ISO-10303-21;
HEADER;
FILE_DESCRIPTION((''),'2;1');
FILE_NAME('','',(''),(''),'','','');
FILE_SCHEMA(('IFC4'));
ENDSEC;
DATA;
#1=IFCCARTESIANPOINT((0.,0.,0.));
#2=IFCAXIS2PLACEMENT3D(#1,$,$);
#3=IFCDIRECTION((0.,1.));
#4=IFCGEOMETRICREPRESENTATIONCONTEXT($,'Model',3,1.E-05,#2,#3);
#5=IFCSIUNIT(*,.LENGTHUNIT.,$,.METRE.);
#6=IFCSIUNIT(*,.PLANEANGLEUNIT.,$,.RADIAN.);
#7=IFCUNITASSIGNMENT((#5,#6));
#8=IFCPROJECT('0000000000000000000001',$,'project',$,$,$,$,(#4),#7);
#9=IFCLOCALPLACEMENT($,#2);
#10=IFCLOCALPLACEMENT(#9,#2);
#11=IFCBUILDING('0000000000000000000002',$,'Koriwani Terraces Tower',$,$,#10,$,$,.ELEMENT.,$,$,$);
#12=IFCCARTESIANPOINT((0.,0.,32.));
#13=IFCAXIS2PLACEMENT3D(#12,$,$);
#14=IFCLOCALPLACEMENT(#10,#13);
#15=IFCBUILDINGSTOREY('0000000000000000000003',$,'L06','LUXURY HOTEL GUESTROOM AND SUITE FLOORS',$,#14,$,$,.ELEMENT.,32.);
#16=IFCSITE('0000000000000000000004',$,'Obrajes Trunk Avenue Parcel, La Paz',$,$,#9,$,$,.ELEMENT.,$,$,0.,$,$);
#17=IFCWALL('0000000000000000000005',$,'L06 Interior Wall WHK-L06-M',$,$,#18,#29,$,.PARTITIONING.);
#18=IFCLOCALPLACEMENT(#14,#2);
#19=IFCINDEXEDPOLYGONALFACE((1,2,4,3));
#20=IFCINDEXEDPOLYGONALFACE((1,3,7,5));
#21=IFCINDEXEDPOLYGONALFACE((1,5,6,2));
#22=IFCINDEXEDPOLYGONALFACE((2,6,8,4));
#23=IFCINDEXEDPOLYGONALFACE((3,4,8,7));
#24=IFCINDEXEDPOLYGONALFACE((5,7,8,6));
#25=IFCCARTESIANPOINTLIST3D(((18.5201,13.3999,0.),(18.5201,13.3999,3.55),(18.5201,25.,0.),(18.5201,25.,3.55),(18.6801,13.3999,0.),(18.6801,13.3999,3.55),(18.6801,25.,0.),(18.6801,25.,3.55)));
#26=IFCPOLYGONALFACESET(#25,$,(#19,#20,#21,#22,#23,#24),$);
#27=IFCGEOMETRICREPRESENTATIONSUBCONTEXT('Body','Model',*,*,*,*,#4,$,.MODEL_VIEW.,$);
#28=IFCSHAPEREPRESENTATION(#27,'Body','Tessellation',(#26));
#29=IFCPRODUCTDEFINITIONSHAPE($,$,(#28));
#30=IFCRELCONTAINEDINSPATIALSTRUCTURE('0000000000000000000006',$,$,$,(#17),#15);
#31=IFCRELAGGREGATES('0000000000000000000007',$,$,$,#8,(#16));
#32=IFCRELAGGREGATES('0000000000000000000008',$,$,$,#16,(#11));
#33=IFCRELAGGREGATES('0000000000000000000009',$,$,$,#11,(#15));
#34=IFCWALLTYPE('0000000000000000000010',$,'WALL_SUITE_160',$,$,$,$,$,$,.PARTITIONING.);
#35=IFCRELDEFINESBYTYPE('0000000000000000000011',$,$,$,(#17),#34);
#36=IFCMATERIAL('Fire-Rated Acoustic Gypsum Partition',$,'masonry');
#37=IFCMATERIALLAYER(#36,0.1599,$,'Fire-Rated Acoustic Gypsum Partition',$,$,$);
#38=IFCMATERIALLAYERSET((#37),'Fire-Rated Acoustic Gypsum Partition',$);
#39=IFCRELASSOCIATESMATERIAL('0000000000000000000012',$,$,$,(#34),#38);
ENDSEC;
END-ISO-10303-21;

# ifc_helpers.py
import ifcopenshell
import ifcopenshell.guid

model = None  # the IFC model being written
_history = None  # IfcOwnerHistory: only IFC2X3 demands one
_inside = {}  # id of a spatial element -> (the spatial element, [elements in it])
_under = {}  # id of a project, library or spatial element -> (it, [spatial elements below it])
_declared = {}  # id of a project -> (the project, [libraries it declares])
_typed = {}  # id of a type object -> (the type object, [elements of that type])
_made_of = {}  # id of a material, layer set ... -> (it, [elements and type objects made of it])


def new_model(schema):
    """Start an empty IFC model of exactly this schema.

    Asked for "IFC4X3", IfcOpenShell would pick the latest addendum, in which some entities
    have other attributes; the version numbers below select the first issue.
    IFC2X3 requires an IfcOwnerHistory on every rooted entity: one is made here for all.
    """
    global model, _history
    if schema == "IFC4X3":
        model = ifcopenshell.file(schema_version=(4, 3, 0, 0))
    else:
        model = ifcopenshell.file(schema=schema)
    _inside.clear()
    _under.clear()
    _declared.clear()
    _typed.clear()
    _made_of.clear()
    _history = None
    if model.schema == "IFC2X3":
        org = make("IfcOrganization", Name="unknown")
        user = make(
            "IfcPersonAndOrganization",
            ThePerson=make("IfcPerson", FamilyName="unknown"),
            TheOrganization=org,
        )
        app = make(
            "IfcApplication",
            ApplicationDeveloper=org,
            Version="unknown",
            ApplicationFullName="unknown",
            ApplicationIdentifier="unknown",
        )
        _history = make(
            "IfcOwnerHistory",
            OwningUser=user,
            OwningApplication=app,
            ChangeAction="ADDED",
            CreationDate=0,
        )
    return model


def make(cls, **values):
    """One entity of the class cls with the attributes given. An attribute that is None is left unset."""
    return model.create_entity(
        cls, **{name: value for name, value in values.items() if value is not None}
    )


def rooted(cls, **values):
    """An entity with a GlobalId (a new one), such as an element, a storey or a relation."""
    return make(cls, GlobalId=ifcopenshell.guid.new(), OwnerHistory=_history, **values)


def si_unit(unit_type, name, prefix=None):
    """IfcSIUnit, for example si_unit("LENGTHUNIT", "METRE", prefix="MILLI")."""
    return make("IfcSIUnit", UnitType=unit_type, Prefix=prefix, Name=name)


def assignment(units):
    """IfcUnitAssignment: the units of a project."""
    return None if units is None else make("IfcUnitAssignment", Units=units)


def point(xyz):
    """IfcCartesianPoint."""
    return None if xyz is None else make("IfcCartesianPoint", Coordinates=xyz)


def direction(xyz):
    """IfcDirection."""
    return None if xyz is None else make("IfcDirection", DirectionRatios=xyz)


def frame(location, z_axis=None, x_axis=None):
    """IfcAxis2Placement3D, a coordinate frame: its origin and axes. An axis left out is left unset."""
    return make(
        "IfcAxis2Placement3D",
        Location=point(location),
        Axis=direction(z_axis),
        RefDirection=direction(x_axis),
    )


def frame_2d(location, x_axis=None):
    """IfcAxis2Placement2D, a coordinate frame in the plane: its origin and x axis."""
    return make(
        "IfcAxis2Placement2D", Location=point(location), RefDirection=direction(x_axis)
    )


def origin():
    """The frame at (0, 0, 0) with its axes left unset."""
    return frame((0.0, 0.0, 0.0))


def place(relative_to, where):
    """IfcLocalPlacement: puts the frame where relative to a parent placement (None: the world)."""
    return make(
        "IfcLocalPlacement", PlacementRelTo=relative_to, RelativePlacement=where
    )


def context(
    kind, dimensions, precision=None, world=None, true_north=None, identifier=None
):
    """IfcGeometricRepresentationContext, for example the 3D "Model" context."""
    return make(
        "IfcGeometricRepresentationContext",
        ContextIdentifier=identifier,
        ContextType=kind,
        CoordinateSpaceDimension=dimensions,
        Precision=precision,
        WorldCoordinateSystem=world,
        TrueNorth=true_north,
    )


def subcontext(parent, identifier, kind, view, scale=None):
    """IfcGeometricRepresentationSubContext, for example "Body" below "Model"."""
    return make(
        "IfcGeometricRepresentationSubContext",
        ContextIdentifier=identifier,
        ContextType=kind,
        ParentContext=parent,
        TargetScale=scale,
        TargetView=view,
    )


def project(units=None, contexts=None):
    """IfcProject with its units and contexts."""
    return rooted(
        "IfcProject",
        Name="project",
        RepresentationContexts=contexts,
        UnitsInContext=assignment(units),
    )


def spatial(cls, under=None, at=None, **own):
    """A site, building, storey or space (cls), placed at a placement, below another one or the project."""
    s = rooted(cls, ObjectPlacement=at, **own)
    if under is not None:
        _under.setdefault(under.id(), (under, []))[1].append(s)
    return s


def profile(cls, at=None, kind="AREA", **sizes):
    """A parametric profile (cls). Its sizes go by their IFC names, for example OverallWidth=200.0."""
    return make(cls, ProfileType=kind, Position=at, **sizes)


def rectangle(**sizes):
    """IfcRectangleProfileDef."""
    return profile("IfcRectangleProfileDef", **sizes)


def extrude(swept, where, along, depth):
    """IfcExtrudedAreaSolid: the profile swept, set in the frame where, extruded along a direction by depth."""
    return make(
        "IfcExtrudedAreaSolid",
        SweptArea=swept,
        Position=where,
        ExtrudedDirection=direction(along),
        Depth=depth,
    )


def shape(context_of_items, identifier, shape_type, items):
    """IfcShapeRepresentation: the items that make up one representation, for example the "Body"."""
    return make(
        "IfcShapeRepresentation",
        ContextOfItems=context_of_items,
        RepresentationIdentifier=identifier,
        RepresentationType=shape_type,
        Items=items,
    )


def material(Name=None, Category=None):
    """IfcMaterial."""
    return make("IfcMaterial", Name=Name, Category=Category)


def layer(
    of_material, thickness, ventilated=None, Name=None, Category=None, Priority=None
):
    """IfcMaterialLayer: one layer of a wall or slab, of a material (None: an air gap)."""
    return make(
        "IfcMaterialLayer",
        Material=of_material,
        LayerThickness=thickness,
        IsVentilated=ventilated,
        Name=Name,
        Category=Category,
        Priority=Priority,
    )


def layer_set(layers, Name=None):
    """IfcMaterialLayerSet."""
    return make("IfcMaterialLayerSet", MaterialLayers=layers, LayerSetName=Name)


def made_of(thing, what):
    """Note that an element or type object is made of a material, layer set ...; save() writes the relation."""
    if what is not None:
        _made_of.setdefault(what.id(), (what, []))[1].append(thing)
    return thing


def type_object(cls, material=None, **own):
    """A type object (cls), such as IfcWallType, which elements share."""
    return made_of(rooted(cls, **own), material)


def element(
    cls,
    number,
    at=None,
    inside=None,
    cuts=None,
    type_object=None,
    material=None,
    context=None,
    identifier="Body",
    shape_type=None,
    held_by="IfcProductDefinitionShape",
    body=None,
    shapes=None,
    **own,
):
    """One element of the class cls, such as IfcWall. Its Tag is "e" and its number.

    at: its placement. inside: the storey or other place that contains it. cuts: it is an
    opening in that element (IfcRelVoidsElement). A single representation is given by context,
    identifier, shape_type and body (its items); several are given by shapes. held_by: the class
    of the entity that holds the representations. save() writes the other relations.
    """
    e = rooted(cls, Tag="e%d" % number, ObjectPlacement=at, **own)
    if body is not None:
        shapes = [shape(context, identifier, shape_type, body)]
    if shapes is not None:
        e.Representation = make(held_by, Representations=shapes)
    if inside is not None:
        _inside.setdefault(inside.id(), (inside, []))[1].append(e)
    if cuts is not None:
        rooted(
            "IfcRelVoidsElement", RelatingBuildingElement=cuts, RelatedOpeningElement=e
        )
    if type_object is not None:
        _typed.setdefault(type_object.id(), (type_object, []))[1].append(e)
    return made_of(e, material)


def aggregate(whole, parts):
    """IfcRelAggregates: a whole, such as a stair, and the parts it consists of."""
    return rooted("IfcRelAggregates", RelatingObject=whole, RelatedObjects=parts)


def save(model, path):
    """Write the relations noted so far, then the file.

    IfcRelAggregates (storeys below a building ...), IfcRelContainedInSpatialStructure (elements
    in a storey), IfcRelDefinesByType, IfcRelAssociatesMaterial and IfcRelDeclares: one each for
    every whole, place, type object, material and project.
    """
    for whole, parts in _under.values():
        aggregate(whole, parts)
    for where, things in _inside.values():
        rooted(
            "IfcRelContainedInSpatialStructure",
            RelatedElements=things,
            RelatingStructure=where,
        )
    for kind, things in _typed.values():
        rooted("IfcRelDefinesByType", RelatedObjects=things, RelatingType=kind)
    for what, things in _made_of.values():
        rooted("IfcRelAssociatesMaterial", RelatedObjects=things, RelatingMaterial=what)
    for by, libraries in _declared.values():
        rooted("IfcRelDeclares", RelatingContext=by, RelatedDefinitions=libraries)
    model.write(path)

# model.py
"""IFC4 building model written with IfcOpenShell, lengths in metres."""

from ifc_helpers import new_model, si_unit, direction, frame, frame_2d, origin, place, context, subcontext, project, spatial, rectangle, extrude, material, layer, layer_set, type_object, element, save


model = new_model("IFC4")

# Units and contexts
model_context = context("Model", 3, precision=1e-05, world=origin(), true_north=direction((0.0, 1.0)))
body_context = subcontext(model_context, "Body", "Model", "MODEL_VIEW")
ifc_project = project(units=[si_unit("LENGTHUNIT", "METRE"), si_unit("PLANEANGLEUNIT", "RADIAN")], contexts=[model_context])

# Site, building, storey
site_placement = place(None, origin())
site = spatial("IfcSite", under=ifc_project, at=site_placement, Name="Obrajes Trunk Avenue Parcel, La Paz", CompositionType="ELEMENT", RefElevation=0.0)
building_placement = place(site_placement, origin())
building = spatial("IfcBuilding", under=site, at=building_placement, Name="Koriwani Terraces Tower", CompositionType="ELEMENT")
storey_placement = place(building_placement, frame((0.0, 0.0, 32.0)))
storey = spatial("IfcBuildingStorey", under=building, at=storey_placement, Name="L06", Description="LUXURY HOTEL GUESTROOM AND SUITE FLOORS", CompositionType="ELEMENT", Elevation=32.0)

# Wall
ifc_material_1 = material(Name="Fire-Rated Acoustic Gypsum Partition", Category="masonry")
ifc_layer_1 = layer(ifc_material_1, 0.1599, Name="Fire-Rated Acoustic Gypsum Partition")
ifc_layer_set_1 = layer_set([ifc_layer_1], Name="Fire-Rated Acoustic Gypsum Partition")
wall_type_1 = type_object("IfcWallType", Name="WALL_SUITE_160", PredefinedType="PARTITIONING", material=ifc_layer_set_1)
wall_1_placement = place(storey_placement, frame((18.6001, 13.3999, 0.0), z_axis=(0.0, 0.0, 1.0), x_axis=(0.0, 1.0, 0.0)))
element("IfcWall", 1, at=wall_1_placement, inside=storey, type_object=wall_type_1, Name="L06 Interior Wall WHK-L06-M", PredefinedType="PARTITIONING", context=body_context, shape_type="SweptSolid", body=[
    extrude(rectangle(XDim=11.6001, YDim=0.1599, at=frame_2d((5.8, 0.0))), origin(), (0.0, 0.0, 1.0), 3.55),
])

save(model, "model.ifc")
